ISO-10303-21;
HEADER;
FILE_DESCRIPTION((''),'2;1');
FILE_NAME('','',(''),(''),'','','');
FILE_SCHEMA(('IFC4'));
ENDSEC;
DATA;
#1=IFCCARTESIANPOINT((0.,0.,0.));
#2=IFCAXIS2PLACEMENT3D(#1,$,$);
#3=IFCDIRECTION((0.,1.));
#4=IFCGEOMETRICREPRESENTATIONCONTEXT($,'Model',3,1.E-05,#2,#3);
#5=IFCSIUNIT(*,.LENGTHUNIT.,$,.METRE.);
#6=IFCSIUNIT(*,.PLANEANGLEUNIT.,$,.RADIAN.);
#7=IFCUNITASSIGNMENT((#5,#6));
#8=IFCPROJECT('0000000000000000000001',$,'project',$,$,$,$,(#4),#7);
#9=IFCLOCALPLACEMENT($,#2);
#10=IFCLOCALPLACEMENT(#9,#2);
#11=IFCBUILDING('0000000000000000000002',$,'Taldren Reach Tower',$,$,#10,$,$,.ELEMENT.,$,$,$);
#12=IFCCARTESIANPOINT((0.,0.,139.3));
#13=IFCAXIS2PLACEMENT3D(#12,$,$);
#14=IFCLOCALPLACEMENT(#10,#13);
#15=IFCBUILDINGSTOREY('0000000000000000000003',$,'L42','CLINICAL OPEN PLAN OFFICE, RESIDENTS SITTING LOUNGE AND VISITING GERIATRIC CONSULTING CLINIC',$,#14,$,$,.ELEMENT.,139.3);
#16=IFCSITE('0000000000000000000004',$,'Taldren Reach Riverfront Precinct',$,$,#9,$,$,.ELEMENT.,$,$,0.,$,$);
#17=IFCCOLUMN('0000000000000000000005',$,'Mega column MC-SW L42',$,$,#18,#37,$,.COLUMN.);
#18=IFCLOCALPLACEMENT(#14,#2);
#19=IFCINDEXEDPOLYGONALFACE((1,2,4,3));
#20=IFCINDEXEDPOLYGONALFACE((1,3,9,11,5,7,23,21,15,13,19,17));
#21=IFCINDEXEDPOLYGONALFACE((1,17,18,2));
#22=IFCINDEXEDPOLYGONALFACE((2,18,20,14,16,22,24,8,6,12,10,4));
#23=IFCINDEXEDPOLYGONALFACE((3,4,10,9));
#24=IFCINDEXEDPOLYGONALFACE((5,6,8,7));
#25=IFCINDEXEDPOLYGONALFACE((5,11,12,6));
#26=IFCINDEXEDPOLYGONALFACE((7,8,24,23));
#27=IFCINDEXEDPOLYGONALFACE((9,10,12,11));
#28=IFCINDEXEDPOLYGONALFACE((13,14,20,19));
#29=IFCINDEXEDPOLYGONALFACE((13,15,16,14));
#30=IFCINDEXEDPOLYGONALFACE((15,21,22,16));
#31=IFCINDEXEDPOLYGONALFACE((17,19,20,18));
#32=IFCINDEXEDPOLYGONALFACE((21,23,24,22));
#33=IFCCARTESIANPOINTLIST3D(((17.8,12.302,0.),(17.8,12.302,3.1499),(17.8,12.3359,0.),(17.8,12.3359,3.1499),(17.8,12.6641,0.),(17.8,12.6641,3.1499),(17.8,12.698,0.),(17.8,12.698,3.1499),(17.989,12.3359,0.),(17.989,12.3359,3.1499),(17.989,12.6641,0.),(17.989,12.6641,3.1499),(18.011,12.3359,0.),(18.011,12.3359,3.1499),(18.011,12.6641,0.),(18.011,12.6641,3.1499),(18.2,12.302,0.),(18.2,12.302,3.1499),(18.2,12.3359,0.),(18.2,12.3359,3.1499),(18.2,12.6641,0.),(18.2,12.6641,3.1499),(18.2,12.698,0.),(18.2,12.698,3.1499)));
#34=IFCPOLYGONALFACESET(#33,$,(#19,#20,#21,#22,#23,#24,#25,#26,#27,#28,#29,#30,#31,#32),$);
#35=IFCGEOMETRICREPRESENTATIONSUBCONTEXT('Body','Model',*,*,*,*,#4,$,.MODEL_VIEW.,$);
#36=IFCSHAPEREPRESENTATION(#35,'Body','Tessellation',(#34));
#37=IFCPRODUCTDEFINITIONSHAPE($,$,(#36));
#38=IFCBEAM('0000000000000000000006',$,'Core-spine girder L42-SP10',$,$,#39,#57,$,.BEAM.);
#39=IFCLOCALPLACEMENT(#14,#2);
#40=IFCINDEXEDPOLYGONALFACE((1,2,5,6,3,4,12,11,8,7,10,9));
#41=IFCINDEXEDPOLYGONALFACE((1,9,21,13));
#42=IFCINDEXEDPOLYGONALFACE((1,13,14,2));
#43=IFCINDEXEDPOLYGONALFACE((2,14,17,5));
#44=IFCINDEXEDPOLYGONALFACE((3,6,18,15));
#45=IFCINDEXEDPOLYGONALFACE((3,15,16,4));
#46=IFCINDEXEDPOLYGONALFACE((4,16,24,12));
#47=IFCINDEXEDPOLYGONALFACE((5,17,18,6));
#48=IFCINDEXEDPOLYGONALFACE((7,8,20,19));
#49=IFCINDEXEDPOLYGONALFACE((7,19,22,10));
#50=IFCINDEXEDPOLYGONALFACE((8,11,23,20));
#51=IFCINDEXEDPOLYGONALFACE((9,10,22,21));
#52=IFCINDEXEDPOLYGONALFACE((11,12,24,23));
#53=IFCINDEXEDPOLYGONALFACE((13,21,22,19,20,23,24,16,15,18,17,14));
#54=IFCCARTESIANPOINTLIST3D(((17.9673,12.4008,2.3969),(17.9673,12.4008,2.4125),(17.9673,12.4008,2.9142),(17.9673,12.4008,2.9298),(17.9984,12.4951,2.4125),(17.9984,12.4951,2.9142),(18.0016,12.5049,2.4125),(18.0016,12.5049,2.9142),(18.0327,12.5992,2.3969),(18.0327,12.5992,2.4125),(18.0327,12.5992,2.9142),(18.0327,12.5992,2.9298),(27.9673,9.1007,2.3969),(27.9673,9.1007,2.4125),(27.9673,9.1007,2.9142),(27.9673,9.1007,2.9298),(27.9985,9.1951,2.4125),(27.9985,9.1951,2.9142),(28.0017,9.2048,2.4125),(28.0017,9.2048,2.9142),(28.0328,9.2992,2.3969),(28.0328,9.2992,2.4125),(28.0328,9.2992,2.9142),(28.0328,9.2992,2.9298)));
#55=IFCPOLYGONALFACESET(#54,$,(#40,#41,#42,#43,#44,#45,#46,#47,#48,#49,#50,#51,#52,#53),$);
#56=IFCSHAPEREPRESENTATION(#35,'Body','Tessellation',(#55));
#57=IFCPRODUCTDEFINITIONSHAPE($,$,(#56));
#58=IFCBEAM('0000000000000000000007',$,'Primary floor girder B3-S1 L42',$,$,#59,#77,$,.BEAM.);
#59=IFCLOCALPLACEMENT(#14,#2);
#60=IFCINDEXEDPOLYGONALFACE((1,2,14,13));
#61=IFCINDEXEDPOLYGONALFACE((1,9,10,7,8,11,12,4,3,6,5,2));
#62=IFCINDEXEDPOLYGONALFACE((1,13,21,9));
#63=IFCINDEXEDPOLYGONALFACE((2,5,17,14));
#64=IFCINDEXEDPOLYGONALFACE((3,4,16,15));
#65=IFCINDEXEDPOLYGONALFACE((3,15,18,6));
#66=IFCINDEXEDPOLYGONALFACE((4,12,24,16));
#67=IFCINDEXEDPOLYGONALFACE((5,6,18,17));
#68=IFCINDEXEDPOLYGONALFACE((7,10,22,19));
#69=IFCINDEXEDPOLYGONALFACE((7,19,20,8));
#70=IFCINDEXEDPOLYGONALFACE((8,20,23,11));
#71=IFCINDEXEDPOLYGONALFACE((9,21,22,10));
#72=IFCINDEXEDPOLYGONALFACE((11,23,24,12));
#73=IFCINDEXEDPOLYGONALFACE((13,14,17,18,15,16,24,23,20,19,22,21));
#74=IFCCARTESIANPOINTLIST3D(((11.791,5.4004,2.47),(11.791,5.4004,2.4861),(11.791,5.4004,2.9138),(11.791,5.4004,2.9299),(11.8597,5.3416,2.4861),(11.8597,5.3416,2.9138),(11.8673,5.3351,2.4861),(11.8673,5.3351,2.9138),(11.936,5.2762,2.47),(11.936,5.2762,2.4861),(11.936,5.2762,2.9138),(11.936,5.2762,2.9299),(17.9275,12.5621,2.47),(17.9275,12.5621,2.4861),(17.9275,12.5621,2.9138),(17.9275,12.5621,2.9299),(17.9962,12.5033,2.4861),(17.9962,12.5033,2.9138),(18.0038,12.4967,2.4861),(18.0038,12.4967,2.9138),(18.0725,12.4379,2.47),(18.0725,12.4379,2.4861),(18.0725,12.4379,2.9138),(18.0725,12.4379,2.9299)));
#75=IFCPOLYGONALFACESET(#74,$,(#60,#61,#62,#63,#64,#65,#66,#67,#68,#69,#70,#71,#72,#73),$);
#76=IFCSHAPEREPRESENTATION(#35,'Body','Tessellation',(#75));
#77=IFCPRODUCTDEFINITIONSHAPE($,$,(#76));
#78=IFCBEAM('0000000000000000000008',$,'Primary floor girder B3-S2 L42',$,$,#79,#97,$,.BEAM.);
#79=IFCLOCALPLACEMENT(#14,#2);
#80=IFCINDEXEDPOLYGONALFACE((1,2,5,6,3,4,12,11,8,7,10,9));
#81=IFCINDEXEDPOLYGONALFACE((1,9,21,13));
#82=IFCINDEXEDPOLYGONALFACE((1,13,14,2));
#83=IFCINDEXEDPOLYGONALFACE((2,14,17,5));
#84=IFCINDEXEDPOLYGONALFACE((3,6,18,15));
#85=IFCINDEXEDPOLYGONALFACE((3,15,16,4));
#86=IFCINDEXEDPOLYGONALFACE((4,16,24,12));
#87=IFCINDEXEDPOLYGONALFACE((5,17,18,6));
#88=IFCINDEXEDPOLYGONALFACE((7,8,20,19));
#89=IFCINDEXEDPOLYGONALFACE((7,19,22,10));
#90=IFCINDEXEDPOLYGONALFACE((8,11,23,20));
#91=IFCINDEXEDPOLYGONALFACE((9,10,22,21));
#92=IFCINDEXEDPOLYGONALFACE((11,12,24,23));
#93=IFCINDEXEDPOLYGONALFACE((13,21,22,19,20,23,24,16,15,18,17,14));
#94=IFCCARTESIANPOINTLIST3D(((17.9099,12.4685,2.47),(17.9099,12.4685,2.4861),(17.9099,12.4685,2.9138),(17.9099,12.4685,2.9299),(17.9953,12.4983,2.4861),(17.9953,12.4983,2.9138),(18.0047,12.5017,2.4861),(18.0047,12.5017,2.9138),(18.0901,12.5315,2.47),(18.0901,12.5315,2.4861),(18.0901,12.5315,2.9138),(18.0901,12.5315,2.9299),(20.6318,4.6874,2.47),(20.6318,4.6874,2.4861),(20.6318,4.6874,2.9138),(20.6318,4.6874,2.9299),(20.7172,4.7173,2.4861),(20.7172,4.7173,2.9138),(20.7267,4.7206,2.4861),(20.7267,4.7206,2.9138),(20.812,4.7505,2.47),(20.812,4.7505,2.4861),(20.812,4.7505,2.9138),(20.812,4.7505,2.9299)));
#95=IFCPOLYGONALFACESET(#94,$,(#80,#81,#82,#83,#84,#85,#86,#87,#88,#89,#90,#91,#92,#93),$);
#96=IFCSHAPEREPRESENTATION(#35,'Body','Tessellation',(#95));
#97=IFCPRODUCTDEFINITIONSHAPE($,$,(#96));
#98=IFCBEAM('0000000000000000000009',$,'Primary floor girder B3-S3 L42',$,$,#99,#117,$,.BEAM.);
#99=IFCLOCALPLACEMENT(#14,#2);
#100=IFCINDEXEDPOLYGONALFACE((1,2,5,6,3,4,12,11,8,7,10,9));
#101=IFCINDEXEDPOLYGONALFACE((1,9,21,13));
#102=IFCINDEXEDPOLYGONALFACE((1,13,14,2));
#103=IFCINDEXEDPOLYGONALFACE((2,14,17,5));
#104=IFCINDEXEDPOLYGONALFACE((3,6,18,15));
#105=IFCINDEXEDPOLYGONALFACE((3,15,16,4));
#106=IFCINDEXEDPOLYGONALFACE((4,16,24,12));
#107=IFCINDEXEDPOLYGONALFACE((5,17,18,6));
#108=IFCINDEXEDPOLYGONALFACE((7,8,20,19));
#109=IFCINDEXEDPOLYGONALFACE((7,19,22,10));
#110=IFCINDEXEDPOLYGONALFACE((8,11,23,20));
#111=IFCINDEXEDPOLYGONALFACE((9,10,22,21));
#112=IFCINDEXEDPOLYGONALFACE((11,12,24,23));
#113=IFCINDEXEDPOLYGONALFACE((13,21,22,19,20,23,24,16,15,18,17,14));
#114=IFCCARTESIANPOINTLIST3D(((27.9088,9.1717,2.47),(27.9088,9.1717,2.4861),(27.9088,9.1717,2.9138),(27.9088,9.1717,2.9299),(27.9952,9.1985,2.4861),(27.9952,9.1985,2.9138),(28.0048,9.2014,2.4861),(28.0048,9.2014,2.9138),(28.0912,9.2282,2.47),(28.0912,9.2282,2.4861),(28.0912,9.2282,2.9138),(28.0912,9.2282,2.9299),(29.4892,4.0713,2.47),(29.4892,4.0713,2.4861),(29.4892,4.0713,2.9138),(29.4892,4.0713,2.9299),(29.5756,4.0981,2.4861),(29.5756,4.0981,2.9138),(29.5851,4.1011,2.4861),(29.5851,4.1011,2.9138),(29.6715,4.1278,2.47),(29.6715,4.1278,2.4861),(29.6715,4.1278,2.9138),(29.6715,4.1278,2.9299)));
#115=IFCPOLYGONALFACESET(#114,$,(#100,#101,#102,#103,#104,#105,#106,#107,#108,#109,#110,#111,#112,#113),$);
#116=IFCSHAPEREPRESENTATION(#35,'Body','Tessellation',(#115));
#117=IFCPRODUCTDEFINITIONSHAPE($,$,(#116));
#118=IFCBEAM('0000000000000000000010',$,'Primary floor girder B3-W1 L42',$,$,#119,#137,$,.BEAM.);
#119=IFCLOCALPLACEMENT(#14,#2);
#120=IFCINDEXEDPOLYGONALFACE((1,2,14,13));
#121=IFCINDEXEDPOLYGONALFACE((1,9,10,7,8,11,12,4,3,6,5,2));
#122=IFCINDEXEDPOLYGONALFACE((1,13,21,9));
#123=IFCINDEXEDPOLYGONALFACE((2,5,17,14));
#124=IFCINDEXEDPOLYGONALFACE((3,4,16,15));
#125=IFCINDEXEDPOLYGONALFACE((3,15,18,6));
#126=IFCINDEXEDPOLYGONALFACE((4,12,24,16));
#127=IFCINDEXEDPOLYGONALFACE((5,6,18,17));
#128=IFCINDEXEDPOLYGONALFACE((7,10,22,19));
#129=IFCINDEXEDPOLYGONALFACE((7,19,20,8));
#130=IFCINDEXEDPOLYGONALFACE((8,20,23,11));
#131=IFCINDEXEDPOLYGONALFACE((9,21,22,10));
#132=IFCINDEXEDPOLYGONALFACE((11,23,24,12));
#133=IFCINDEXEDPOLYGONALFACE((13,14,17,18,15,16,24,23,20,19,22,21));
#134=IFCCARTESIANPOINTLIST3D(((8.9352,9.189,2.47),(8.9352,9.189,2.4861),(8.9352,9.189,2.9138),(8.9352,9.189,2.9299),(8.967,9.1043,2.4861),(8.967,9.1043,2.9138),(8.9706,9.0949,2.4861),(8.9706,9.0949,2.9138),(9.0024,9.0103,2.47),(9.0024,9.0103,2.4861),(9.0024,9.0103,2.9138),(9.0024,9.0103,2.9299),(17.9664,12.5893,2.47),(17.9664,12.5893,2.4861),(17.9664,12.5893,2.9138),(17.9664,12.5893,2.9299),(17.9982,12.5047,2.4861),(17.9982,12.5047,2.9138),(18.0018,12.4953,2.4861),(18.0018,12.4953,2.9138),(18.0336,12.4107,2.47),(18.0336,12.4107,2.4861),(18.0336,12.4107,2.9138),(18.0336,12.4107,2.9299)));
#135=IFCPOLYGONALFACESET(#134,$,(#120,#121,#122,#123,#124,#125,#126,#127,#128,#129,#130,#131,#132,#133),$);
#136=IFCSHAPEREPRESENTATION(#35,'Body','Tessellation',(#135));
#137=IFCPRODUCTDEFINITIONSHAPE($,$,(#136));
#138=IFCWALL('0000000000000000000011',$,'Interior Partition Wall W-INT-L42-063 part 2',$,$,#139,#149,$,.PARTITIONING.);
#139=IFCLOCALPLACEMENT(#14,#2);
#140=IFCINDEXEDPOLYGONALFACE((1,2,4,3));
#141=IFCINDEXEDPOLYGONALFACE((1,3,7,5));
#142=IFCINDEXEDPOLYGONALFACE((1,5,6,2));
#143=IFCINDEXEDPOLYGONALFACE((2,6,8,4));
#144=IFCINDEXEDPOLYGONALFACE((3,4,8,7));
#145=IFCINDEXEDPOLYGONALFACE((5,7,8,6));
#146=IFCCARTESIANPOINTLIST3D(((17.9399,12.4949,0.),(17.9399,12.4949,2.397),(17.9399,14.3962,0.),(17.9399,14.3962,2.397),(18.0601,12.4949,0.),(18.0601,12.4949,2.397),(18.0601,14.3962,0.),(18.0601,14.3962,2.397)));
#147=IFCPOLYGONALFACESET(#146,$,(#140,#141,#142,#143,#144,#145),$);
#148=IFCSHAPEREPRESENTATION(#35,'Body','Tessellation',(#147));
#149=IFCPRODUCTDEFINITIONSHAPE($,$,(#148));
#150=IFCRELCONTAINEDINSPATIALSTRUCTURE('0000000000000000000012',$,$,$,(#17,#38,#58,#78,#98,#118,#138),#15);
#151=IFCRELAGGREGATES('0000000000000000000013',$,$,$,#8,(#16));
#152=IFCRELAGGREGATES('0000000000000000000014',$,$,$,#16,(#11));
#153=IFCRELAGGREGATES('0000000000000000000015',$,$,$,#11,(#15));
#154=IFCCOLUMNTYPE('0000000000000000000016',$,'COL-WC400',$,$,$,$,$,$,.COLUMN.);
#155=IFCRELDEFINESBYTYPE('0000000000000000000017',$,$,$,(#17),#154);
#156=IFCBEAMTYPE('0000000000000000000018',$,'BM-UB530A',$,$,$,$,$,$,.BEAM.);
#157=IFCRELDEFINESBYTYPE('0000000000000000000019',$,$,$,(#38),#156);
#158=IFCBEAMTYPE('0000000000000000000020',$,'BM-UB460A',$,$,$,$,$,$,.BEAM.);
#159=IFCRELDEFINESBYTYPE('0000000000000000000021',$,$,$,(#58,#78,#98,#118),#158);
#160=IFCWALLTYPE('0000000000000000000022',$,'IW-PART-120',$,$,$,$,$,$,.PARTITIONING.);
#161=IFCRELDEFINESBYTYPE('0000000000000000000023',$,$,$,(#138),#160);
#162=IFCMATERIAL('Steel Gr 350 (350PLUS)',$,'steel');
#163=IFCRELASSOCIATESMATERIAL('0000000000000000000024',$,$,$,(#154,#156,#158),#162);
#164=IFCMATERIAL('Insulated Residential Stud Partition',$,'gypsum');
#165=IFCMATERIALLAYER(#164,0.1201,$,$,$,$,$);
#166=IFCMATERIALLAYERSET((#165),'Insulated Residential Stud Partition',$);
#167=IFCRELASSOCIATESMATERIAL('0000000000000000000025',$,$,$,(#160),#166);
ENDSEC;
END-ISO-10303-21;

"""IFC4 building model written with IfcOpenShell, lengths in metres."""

from ifc_helpers import new_model, si_unit, direction, frame, frame_2d, origin, origin_2d, place, context, subcontext, project, spatial, rectangle, i_section, extrude, source, transform, mapped, material, layer, layer_set, material_profile, profile_set, type_object, element, save


model = new_model("IFC4")

# Units and contexts
model_context = context("Model", 3, precision=1e-05, world=origin(), true_north=direction((0.0, 1.0)))
body_context = subcontext(model_context, "Body", "Model", "MODEL_VIEW")
ifc_project = project(units=[si_unit("LENGTHUNIT", "METRE"), si_unit("PLANEANGLEUNIT", "RADIAN")], contexts=[model_context])

# Site, building, storey
site_placement = place(None, origin())
site = spatial("IfcSite", under=ifc_project, at=site_placement, Name="Taldren Reach Riverfront Precinct", CompositionType="ELEMENT", RefElevation=0.0)
building_placement = place(site_placement, origin())
building = spatial("IfcBuilding", under=site, at=building_placement, Name="Taldren Reach Tower", CompositionType="ELEMENT")
storey_placement = place(building_placement, frame((0.0, 0.0, 139.3)))
storey = spatial("IfcBuildingStorey", under=building, at=storey_placement, Name="L42", Description="CLINICAL OPEN PLAN OFFICE, RESIDENTS SITTING LOUNGE AND VISITING GERIATRIC CONSULTING CLINIC", CompositionType="ELEMENT", Elevation=139.3)

# Column
ifc_material_1 = material(Name="Steel Gr 350 (350PLUS)", Category="steel")
ifc_material_profile_1 = material_profile(ifc_material_1, i_section(OverallWidth=0.3999, OverallDepth=0.396, WebThickness=0.022, FlangeThickness=0.0339, at=origin_2d()), Name="400WC270")
ifc_profile_set_1 = profile_set([ifc_material_profile_1], Name="Steel Gr 350 (350PLUS)")
column_type = type_object("IfcColumnType", Name="COL-WC400", PredefinedType="COLUMN", material=ifc_profile_set_1)
shared_shape_1 = source(origin(), body_context, "Body", "SweptSolid", [
    extrude(i_section(OverallWidth=0.3999, OverallDepth=0.396, WebThickness=0.022, FlangeThickness=0.0339, at=origin_2d()), origin(), (0.0, 0.0, 1.0), 3.1499),
])
column_placement = place(storey_placement, frame((18.0, 12.5, 0.0), z_axis=(0.0, 0.0, 1.0), x_axis=(1.0, 0.0, 0.0)))
element("IfcColumn", 1, at=column_placement, inside=storey, type_object=column_type, Name="Mega column MC-SW L42", PredefinedType="COLUMN", context=body_context, shape_type="MappedRepresentation", body=[
    mapped(shared_shape_1, transform((0.0, 0.0, 0.0), scale=1.0)),
])

# Beams
ifc_material_profile_2 = material_profile(ifc_material_1, i_section(OverallWidth=0.209, OverallDepth=0.533, WebThickness=0.0103, FlangeThickness=0.0156, at=origin_2d()), Name="530UB92.4")
ifc_profile_set_2 = profile_set([ifc_material_profile_2], Name="Steel Gr 350 (350PLUS)")
beam_type_1 = type_object("IfcBeamType", Name="BM-UB530A", PredefinedType="BEAM", material=ifc_profile_set_2)
shared_shape_2 = source(origin(), body_context, "Body", "SweptSolid", [
    extrude(i_section(OverallWidth=0.209, OverallDepth=0.533, WebThickness=0.0103, FlangeThickness=0.0156, at=origin_2d()), origin(), (0.0, 0.0, 1.0), 10.5305),
])
beam_1_placement = place(storey_placement, frame((18.0, 12.5, 2.6633), z_axis=(0.949627, -0.313382, 0.0), x_axis=(0.313382, 0.949627, 0.0)))
element("IfcBeam", 2, at=beam_1_placement, inside=storey, type_object=beam_type_1, Name="Core-spine girder L42-SP10", PredefinedType="BEAM", context=body_context, shape_type="MappedRepresentation", body=[
    mapped(shared_shape_2, transform((0.0, 0.0, 0.0), scale=1.0)),
])
ifc_material_profile_3 = material_profile(ifc_material_1, i_section(OverallWidth=0.1909, OverallDepth=0.46, WebThickness=0.01, FlangeThickness=0.0161, at=origin_2d()), Name="460UB82.1")
ifc_profile_set_3 = profile_set([ifc_material_profile_3], Name="Steel Gr 350 (350PLUS)")
beam_type_2 = type_object("IfcBeamType", Name="BM-UB460A", PredefinedType="BEAM", material=ifc_profile_set_3)
shared_shape_3 = source(origin(), body_context, "Body", "SweptSolid", [
    extrude(i_section(OverallWidth=0.1909, OverallDepth=0.46, WebThickness=0.01, FlangeThickness=0.0161, at=origin_2d()), origin(), (0.0, 0.0, 1.0), 9.4312),
])
beam_2_placement = place(storey_placement, frame((18.0, 12.5, 2.7), z_axis=(-0.650666, -0.759364, 0.0), x_axis=(0.759364, -0.650666, 0.0)))
element("IfcBeam", 3, at=beam_2_placement, inside=storey, type_object=beam_type_2, Name="Primary floor girder B3-S1 L42", PredefinedType="BEAM", context=body_context, shape_type="MappedRepresentation", body=[
    mapped(shared_shape_3, transform((0.0, 0.0, 0.0), scale=1.0)),
])
shared_shape_4 = source(origin(), body_context, "Body", "SweptSolid", [
    extrude(i_section(OverallWidth=0.1909, OverallDepth=0.46, WebThickness=0.01, FlangeThickness=0.0161, at=origin_2d()), origin(), (0.0, 0.0, 1.0), 8.2434),
])
beam_3_placement = place(storey_placement, frame((18.0, 12.5, 2.7), z_axis=(0.330196, -0.943912, 0.0), x_axis=(0.943912, 0.330196, 0.0)))
element("IfcBeam", 4, at=beam_3_placement, inside=storey, type_object=beam_type_2, Name="Primary floor girder B3-S2 L42", PredefinedType="BEAM", context=body_context, shape_type="MappedRepresentation", body=[
    mapped(shared_shape_4, transform((0.0, 0.0, 0.0), scale=1.0)),
])
shared_shape_5 = source(origin(), body_context, "Body", "SweptSolid", [
    extrude(i_section(OverallWidth=0.1909, OverallDepth=0.46, WebThickness=0.01, FlangeThickness=0.0161, at=origin_2d()), origin(), (0.0, 0.0, 1.0), 5.3396),
])
beam_4_placement = place(storey_placement, frame((28.0, 9.2, 2.7), z_axis=(0.295965, -0.955199, 0.0), x_axis=(0.955199, 0.295965, 0.0)))
element("IfcBeam", 5, at=beam_4_placement, inside=storey, type_object=beam_type_2, Name="Primary floor girder B3-S3 L42", PredefinedType="BEAM", context=body_context, shape_type="MappedRepresentation", body=[
    mapped(shared_shape_5, transform((0.0, 0.0, 0.0), scale=1.0)),
])
shared_shape_6 = source(origin(), body_context, "Body", "SweptSolid", [
    extrude(i_section(OverallWidth=0.1909, OverallDepth=0.46, WebThickness=0.01, FlangeThickness=0.0161, at=origin_2d()), origin(), (0.0, 0.0, 1.0), 9.6501),
])
beam_5_placement = place(storey_placement, frame((18.0, 12.5, 2.7), z_axis=(-0.935863, -0.352365, 0.0), x_axis=(0.352365, -0.935863, 0.0)))
element("IfcBeam", 6, at=beam_5_placement, inside=storey, type_object=beam_type_2, Name="Primary floor girder B3-W1 L42", PredefinedType="BEAM", context=body_context, shape_type="MappedRepresentation", body=[
    mapped(shared_shape_6, transform((0.0, 0.0, 0.0), scale=1.0)),
])

# Wall
ifc_material_2 = material(Name="Insulated Residential Stud Partition", Category="gypsum")
ifc_layer_1 = layer(ifc_material_2, 0.1201)
ifc_layer_set_1 = layer_set([ifc_layer_1], Name="Insulated Residential Stud Partition")
wall_type_1 = type_object("IfcWallType", Name="IW-PART-120", PredefinedType="PARTITIONING", material=ifc_layer_set_1)
shared_shape_7 = source(origin(), body_context, "Body", "SweptSolid", [
    extrude(rectangle(XDim=1.9014, YDim=0.1201, at=frame_2d((0.9507, 0.0))), origin(), (0.0, 0.0, 1.0), 2.397),
])
wall_1_placement = place(storey_placement, frame((18.0, 12.4949, 0.0), z_axis=(0.0, 0.0, 1.0), x_axis=(0.0, 1.0, 0.0)))
element("IfcWall", 7, at=wall_1_placement, inside=storey, type_object=wall_type_1, Name="Interior Partition Wall W-INT-L42-063 part 2", PredefinedType="PARTITIONING", context=body_context, shape_type="MappedRepresentation", body=[
    mapped(shared_shape_7, transform((0.0, 0.0, 0.0), scale=1.0)),
])

save(model, "model.ifc")
